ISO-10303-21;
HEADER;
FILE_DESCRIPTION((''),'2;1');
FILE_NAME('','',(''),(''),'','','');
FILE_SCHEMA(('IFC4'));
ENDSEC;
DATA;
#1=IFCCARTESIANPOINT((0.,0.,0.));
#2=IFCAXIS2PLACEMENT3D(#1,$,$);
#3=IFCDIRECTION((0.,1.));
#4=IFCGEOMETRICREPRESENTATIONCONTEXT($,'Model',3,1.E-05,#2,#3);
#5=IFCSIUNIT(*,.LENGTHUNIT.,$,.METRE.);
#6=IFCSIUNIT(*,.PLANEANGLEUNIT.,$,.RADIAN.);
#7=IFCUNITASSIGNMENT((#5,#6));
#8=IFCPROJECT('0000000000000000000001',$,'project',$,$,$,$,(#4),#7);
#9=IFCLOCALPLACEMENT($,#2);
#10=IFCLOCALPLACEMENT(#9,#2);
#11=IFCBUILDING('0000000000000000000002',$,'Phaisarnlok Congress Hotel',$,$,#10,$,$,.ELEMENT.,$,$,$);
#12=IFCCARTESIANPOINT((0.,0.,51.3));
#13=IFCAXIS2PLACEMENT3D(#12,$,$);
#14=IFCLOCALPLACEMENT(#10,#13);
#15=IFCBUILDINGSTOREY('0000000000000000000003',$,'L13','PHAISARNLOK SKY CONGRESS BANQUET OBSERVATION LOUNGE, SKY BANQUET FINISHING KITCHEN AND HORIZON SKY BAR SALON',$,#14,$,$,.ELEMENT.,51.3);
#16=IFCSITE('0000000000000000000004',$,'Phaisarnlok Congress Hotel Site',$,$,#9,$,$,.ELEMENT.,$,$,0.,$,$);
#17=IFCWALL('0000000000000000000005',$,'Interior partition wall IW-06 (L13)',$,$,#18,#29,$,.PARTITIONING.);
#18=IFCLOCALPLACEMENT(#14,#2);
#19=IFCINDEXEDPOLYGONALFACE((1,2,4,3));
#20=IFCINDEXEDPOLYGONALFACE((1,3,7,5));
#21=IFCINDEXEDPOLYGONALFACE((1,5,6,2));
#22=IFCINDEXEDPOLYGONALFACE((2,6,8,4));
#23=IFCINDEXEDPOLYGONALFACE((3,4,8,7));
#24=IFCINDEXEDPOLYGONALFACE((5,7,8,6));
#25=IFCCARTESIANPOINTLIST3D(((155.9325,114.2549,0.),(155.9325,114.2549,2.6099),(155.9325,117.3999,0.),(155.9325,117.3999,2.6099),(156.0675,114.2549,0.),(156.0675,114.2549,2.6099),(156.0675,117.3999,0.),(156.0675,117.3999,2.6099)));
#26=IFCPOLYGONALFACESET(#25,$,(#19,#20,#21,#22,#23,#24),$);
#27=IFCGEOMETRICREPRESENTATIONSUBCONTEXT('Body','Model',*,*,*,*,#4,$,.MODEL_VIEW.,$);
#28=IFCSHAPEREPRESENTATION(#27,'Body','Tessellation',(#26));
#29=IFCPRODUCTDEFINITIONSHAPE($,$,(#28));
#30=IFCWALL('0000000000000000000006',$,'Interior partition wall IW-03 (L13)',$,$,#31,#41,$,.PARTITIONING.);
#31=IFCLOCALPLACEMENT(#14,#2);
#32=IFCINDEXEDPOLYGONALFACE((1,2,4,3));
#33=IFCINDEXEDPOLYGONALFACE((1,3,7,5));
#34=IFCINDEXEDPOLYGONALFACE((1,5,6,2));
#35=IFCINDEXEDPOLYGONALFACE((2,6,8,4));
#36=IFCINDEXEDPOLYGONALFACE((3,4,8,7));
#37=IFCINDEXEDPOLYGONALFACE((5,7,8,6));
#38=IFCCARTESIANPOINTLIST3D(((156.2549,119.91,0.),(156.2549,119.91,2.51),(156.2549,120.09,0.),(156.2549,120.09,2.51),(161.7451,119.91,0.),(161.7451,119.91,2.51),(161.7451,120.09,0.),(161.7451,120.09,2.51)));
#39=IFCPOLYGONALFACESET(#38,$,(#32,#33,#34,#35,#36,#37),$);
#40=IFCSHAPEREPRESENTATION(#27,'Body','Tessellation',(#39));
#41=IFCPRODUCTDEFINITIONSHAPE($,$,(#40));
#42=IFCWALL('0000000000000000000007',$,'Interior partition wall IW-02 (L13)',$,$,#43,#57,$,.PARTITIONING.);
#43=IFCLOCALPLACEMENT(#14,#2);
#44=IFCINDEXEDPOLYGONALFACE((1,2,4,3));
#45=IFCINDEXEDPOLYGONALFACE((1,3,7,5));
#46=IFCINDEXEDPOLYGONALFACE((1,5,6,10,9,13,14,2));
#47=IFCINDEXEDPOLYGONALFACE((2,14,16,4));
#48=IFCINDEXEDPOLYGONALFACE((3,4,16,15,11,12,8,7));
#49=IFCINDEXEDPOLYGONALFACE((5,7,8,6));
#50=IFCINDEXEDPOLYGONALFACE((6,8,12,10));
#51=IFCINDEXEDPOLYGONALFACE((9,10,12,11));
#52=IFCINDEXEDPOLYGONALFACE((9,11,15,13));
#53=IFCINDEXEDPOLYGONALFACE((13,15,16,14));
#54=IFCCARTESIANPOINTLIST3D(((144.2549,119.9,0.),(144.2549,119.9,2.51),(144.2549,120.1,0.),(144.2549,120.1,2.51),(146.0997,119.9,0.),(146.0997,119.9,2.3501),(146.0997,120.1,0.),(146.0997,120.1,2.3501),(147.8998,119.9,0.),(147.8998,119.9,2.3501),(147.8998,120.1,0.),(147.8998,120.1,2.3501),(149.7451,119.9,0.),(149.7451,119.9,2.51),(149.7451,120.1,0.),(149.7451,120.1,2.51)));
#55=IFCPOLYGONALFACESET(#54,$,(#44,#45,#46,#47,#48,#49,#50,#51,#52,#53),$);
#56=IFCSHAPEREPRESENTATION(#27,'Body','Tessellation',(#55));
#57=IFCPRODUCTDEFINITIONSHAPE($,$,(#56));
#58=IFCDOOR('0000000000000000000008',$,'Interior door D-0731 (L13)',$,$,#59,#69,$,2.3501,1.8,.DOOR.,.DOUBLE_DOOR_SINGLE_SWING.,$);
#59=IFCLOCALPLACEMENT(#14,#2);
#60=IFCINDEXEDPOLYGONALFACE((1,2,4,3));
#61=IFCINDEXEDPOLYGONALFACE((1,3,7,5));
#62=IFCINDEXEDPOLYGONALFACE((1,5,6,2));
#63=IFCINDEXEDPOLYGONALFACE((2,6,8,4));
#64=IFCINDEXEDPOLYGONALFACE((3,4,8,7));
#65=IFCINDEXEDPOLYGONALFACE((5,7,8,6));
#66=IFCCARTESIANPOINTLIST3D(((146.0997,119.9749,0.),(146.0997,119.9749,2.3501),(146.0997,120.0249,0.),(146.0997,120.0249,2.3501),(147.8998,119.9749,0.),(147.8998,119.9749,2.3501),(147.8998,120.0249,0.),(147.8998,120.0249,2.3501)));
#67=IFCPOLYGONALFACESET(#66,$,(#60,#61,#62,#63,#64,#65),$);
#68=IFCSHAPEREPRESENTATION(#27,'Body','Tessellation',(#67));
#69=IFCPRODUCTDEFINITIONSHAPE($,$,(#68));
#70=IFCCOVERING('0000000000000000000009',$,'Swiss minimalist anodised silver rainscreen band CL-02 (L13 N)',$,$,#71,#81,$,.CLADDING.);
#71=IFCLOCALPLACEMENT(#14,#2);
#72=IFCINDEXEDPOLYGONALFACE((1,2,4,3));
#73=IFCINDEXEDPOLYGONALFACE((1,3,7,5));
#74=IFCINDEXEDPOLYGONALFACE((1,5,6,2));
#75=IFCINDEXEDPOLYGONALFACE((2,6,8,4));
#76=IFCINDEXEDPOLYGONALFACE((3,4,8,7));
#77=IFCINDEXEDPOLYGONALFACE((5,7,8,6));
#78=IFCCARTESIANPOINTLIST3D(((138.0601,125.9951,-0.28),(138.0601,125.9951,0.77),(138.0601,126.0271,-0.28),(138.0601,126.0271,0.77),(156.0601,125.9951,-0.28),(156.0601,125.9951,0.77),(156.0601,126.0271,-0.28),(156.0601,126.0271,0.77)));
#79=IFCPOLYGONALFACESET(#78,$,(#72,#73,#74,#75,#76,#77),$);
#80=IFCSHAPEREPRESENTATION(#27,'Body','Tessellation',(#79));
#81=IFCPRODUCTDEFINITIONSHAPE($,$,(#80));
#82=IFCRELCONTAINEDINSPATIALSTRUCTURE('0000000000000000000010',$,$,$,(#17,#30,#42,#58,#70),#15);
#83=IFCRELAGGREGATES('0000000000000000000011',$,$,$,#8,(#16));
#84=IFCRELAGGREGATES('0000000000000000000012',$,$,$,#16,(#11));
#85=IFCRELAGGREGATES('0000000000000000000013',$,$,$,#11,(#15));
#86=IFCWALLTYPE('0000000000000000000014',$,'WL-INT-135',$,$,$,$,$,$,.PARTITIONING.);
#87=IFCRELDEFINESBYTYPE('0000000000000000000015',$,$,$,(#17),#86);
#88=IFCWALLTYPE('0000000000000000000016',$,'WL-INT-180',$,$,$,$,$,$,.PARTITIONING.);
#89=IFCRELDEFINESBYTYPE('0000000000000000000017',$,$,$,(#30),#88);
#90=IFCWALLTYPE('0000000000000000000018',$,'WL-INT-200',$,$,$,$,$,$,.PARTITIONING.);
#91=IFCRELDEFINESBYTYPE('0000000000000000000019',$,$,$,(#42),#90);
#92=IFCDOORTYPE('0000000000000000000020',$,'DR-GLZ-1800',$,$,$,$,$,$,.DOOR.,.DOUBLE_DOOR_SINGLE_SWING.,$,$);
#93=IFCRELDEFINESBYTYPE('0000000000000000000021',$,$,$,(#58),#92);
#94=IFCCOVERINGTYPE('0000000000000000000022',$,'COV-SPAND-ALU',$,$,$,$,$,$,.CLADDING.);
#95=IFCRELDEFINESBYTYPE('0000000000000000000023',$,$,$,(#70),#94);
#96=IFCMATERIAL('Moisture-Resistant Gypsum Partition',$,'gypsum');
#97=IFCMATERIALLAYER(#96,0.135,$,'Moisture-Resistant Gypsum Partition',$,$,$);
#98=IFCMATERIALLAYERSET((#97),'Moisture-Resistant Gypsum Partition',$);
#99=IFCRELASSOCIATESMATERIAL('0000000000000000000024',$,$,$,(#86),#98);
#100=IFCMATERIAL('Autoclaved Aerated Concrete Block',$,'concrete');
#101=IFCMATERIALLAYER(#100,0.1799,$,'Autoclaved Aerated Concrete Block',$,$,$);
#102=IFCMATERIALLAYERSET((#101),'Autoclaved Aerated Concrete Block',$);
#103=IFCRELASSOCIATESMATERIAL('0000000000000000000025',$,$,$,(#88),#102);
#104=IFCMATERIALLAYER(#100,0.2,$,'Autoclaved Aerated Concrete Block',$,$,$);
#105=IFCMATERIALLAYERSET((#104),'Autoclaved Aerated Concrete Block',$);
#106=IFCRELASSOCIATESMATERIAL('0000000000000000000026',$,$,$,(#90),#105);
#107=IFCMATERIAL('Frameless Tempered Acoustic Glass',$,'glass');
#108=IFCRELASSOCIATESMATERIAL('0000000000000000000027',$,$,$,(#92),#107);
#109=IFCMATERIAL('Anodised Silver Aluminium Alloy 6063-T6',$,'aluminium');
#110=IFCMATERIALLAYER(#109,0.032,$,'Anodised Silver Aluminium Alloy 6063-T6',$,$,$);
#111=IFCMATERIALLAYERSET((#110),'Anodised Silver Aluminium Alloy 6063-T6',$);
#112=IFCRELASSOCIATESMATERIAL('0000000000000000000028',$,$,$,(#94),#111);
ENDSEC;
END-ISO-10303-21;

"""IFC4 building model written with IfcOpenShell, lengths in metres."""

from ifc_helpers import new_model, si_unit, direction, frame, frame_2d, origin, place, context, subcontext, project, spatial, polyline, rectangle, outline, extrude, material, layer, layer_set, type_object, element, fill, save


model = new_model("IFC4")

# Units and contexts
model_context = context("Model", 3, precision=1e-05, world=origin(), true_north=direction((0.0, 1.0)))
body_context = subcontext(model_context, "Body", "Model", "MODEL_VIEW")
ifc_project = project(units=[si_unit("LENGTHUNIT", "METRE"), si_unit("PLANEANGLEUNIT", "RADIAN")], contexts=[model_context])

# Site, building, storey
site_placement = place(None, origin())
site = spatial("IfcSite", under=ifc_project, at=site_placement, Name="Phaisarnlok Congress Hotel Site", CompositionType="ELEMENT", RefElevation=0.0)
building_placement = place(site_placement, origin())
building = spatial("IfcBuilding", under=site, at=building_placement, Name="Phaisarnlok Congress Hotel", CompositionType="ELEMENT")
storey_placement = place(building_placement, frame((0.0, 0.0, 51.3)))
storey = spatial("IfcBuildingStorey", under=building, at=storey_placement, Name="L13", Description="PHAISARNLOK SKY CONGRESS BANQUET OBSERVATION LOUNGE, SKY BANQUET FINISHING KITCHEN AND HORIZON SKY BAR SALON", CompositionType="ELEMENT", Elevation=51.3)

# Walls
ifc_material_1 = material(Name="Moisture-Resistant Gypsum Partition", Category="gypsum")
ifc_layer_1 = layer(ifc_material_1, 0.135, Name="Moisture-Resistant Gypsum Partition")
ifc_layer_set_1 = layer_set([ifc_layer_1], Name="Moisture-Resistant Gypsum Partition")
wall_type_1 = type_object("IfcWallType", Name="WL-INT-135", PredefinedType="PARTITIONING", material=ifc_layer_set_1)
wall_1_placement = place(storey_placement, frame((156.0, 114.2549, 0.0), z_axis=(0.0, 0.0, 1.0), x_axis=(0.0, 1.0, 0.0)))
element("IfcWall", 1, at=wall_1_placement, inside=storey, type_object=wall_type_1, Name="Interior partition wall IW-06 (L13)", PredefinedType="PARTITIONING", context=body_context, shape_type="SweptSolid", body=[
    extrude(rectangle(XDim=3.145, YDim=0.135, at=frame_2d((1.5725, 0.0))), origin(), (0.0, 0.0, 1.0), 2.6099),
])
ifc_material_2 = material(Name="Autoclaved Aerated Concrete Block", Category="concrete")
ifc_layer_2 = layer(ifc_material_2, 0.1799, Name="Autoclaved Aerated Concrete Block")
ifc_layer_set_2 = layer_set([ifc_layer_2], Name="Autoclaved Aerated Concrete Block")
wall_type_2 = type_object("IfcWallType", Name="WL-INT-180", PredefinedType="PARTITIONING", material=ifc_layer_set_2)
wall_2_placement = place(storey_placement, frame((156.2549, 120.0, 0.0), z_axis=(0.0, 0.0, 1.0), x_axis=(1.0, 0.0, 0.0)))
element("IfcWall", 2, at=wall_2_placement, inside=storey, type_object=wall_type_2, Name="Interior partition wall IW-03 (L13)", PredefinedType="PARTITIONING", context=body_context, shape_type="SweptSolid", body=[
    extrude(rectangle(XDim=5.4902, YDim=0.1799, at=frame_2d((2.7451, 0.0))), origin(), (0.0, 0.0, 1.0), 2.51),
])

# Wall, opening, door
ifc_layer_3 = layer(ifc_material_2, 0.2, Name="Autoclaved Aerated Concrete Block")
ifc_layer_set_3 = layer_set([ifc_layer_3], Name="Autoclaved Aerated Concrete Block")
wall_type_3 = type_object("IfcWallType", Name="WL-INT-200", PredefinedType="PARTITIONING", material=ifc_layer_set_3)
wall_3_placement = place(storey_placement, frame((144.2549, 120.0, 0.0), z_axis=(0.0, 0.0, 1.0), x_axis=(1.0, 0.0, 0.0)))
wall_3 = element("IfcWall", 3, at=wall_3_placement, inside=storey, type_object=wall_type_3, Name="Interior partition wall IW-02 (L13)", PredefinedType="PARTITIONING", context=body_context, shape_type="SweptSolid", body=[
    extrude(rectangle(XDim=5.4902, YDim=0.2, at=frame_2d((2.7451, 0.0))), origin(), (0.0, 0.0, 1.0), 2.51),
])
opening_1_placement = place(wall_3_placement, frame((1.845, 0.0, 0.0)))
opening_1 = element("IfcOpeningElement", 4, at=opening_1_placement, cuts=wall_3, PredefinedType="OPENING", context=body_context, shape_type="SweptSolid", body=[
    extrude(rectangle(XDim=1.8, YDim=2.3501, at=frame_2d((0.8999, 1.175))), frame((0.0, 0.1099, 0.0), z_axis=(0.0, -1.0, 0.0), x_axis=(1.0, 0.0, 0.0)), (0.0, 0.0, 1.0), 0.22),
])
ifc_material_3 = material(Name="Frameless Tempered Acoustic Glass", Category="glass")
door_type = type_object("IfcDoorType", Name="DR-GLZ-1800", OperationType="DOUBLE_DOOR_SINGLE_SWING", PredefinedType="DOOR", material=ifc_material_3)
door_placement = place(opening_1_placement, origin())
door = element("IfcDoor", 5, at=door_placement, inside=storey, type_object=door_type, Name="Interior door D-0731 (L13)", OperationType="DOUBLE_DOOR_SINGLE_SWING", OverallHeight=2.3501, OverallWidth=1.8, PredefinedType="DOOR", context=body_context, shape_type="SweptSolid", body=[
    extrude(rectangle(XDim=1.8, YDim=2.3501, at=frame_2d((0.8999, 1.175))), frame((0.0, 0.0249, 0.0), z_axis=(0.0, -1.0, 0.0), x_axis=(1.0, 0.0, 0.0)), (0.0, 0.0, 1.0), 0.05),
])
fill(opening_1, door)

# Covering
ifc_material_4 = material(Name="Anodised Silver Aluminium Alloy 6063-T6", Category="aluminium")
ifc_layer_4 = layer(ifc_material_4, 0.032, Name="Anodised Silver Aluminium Alloy 6063-T6")
ifc_layer_set_4 = layer_set([ifc_layer_4], Name="Anodised Silver Aluminium Alloy 6063-T6")
covering_type = type_object("IfcCoveringType", Name="COV-SPAND-ALU", PredefinedType="CLADDING", material=ifc_layer_set_4)
covering_placement = place(storey_placement, frame((156.0601, 125.9951, -0.28), z_axis=(0.0, 1.0, 0.0), x_axis=(-1.0, 0.0, 0.0)))
element("IfcCovering", 6, at=covering_placement, inside=storey, type_object=covering_type, Name="Swiss minimalist anodised silver rainscreen band CL-02 (L13 N)", PredefinedType="CLADDING", context=body_context, shape_type="SweptSolid", body=[
    extrude(outline(polyline([(0.0, 0.0), (18.0, 0.0), (18.0, 1.05), (0.0, 1.05), (0.0, 0.0)])), origin(), (0.0, 0.0, 1.0), 0.032),
])

save(model, "model.ifc")
